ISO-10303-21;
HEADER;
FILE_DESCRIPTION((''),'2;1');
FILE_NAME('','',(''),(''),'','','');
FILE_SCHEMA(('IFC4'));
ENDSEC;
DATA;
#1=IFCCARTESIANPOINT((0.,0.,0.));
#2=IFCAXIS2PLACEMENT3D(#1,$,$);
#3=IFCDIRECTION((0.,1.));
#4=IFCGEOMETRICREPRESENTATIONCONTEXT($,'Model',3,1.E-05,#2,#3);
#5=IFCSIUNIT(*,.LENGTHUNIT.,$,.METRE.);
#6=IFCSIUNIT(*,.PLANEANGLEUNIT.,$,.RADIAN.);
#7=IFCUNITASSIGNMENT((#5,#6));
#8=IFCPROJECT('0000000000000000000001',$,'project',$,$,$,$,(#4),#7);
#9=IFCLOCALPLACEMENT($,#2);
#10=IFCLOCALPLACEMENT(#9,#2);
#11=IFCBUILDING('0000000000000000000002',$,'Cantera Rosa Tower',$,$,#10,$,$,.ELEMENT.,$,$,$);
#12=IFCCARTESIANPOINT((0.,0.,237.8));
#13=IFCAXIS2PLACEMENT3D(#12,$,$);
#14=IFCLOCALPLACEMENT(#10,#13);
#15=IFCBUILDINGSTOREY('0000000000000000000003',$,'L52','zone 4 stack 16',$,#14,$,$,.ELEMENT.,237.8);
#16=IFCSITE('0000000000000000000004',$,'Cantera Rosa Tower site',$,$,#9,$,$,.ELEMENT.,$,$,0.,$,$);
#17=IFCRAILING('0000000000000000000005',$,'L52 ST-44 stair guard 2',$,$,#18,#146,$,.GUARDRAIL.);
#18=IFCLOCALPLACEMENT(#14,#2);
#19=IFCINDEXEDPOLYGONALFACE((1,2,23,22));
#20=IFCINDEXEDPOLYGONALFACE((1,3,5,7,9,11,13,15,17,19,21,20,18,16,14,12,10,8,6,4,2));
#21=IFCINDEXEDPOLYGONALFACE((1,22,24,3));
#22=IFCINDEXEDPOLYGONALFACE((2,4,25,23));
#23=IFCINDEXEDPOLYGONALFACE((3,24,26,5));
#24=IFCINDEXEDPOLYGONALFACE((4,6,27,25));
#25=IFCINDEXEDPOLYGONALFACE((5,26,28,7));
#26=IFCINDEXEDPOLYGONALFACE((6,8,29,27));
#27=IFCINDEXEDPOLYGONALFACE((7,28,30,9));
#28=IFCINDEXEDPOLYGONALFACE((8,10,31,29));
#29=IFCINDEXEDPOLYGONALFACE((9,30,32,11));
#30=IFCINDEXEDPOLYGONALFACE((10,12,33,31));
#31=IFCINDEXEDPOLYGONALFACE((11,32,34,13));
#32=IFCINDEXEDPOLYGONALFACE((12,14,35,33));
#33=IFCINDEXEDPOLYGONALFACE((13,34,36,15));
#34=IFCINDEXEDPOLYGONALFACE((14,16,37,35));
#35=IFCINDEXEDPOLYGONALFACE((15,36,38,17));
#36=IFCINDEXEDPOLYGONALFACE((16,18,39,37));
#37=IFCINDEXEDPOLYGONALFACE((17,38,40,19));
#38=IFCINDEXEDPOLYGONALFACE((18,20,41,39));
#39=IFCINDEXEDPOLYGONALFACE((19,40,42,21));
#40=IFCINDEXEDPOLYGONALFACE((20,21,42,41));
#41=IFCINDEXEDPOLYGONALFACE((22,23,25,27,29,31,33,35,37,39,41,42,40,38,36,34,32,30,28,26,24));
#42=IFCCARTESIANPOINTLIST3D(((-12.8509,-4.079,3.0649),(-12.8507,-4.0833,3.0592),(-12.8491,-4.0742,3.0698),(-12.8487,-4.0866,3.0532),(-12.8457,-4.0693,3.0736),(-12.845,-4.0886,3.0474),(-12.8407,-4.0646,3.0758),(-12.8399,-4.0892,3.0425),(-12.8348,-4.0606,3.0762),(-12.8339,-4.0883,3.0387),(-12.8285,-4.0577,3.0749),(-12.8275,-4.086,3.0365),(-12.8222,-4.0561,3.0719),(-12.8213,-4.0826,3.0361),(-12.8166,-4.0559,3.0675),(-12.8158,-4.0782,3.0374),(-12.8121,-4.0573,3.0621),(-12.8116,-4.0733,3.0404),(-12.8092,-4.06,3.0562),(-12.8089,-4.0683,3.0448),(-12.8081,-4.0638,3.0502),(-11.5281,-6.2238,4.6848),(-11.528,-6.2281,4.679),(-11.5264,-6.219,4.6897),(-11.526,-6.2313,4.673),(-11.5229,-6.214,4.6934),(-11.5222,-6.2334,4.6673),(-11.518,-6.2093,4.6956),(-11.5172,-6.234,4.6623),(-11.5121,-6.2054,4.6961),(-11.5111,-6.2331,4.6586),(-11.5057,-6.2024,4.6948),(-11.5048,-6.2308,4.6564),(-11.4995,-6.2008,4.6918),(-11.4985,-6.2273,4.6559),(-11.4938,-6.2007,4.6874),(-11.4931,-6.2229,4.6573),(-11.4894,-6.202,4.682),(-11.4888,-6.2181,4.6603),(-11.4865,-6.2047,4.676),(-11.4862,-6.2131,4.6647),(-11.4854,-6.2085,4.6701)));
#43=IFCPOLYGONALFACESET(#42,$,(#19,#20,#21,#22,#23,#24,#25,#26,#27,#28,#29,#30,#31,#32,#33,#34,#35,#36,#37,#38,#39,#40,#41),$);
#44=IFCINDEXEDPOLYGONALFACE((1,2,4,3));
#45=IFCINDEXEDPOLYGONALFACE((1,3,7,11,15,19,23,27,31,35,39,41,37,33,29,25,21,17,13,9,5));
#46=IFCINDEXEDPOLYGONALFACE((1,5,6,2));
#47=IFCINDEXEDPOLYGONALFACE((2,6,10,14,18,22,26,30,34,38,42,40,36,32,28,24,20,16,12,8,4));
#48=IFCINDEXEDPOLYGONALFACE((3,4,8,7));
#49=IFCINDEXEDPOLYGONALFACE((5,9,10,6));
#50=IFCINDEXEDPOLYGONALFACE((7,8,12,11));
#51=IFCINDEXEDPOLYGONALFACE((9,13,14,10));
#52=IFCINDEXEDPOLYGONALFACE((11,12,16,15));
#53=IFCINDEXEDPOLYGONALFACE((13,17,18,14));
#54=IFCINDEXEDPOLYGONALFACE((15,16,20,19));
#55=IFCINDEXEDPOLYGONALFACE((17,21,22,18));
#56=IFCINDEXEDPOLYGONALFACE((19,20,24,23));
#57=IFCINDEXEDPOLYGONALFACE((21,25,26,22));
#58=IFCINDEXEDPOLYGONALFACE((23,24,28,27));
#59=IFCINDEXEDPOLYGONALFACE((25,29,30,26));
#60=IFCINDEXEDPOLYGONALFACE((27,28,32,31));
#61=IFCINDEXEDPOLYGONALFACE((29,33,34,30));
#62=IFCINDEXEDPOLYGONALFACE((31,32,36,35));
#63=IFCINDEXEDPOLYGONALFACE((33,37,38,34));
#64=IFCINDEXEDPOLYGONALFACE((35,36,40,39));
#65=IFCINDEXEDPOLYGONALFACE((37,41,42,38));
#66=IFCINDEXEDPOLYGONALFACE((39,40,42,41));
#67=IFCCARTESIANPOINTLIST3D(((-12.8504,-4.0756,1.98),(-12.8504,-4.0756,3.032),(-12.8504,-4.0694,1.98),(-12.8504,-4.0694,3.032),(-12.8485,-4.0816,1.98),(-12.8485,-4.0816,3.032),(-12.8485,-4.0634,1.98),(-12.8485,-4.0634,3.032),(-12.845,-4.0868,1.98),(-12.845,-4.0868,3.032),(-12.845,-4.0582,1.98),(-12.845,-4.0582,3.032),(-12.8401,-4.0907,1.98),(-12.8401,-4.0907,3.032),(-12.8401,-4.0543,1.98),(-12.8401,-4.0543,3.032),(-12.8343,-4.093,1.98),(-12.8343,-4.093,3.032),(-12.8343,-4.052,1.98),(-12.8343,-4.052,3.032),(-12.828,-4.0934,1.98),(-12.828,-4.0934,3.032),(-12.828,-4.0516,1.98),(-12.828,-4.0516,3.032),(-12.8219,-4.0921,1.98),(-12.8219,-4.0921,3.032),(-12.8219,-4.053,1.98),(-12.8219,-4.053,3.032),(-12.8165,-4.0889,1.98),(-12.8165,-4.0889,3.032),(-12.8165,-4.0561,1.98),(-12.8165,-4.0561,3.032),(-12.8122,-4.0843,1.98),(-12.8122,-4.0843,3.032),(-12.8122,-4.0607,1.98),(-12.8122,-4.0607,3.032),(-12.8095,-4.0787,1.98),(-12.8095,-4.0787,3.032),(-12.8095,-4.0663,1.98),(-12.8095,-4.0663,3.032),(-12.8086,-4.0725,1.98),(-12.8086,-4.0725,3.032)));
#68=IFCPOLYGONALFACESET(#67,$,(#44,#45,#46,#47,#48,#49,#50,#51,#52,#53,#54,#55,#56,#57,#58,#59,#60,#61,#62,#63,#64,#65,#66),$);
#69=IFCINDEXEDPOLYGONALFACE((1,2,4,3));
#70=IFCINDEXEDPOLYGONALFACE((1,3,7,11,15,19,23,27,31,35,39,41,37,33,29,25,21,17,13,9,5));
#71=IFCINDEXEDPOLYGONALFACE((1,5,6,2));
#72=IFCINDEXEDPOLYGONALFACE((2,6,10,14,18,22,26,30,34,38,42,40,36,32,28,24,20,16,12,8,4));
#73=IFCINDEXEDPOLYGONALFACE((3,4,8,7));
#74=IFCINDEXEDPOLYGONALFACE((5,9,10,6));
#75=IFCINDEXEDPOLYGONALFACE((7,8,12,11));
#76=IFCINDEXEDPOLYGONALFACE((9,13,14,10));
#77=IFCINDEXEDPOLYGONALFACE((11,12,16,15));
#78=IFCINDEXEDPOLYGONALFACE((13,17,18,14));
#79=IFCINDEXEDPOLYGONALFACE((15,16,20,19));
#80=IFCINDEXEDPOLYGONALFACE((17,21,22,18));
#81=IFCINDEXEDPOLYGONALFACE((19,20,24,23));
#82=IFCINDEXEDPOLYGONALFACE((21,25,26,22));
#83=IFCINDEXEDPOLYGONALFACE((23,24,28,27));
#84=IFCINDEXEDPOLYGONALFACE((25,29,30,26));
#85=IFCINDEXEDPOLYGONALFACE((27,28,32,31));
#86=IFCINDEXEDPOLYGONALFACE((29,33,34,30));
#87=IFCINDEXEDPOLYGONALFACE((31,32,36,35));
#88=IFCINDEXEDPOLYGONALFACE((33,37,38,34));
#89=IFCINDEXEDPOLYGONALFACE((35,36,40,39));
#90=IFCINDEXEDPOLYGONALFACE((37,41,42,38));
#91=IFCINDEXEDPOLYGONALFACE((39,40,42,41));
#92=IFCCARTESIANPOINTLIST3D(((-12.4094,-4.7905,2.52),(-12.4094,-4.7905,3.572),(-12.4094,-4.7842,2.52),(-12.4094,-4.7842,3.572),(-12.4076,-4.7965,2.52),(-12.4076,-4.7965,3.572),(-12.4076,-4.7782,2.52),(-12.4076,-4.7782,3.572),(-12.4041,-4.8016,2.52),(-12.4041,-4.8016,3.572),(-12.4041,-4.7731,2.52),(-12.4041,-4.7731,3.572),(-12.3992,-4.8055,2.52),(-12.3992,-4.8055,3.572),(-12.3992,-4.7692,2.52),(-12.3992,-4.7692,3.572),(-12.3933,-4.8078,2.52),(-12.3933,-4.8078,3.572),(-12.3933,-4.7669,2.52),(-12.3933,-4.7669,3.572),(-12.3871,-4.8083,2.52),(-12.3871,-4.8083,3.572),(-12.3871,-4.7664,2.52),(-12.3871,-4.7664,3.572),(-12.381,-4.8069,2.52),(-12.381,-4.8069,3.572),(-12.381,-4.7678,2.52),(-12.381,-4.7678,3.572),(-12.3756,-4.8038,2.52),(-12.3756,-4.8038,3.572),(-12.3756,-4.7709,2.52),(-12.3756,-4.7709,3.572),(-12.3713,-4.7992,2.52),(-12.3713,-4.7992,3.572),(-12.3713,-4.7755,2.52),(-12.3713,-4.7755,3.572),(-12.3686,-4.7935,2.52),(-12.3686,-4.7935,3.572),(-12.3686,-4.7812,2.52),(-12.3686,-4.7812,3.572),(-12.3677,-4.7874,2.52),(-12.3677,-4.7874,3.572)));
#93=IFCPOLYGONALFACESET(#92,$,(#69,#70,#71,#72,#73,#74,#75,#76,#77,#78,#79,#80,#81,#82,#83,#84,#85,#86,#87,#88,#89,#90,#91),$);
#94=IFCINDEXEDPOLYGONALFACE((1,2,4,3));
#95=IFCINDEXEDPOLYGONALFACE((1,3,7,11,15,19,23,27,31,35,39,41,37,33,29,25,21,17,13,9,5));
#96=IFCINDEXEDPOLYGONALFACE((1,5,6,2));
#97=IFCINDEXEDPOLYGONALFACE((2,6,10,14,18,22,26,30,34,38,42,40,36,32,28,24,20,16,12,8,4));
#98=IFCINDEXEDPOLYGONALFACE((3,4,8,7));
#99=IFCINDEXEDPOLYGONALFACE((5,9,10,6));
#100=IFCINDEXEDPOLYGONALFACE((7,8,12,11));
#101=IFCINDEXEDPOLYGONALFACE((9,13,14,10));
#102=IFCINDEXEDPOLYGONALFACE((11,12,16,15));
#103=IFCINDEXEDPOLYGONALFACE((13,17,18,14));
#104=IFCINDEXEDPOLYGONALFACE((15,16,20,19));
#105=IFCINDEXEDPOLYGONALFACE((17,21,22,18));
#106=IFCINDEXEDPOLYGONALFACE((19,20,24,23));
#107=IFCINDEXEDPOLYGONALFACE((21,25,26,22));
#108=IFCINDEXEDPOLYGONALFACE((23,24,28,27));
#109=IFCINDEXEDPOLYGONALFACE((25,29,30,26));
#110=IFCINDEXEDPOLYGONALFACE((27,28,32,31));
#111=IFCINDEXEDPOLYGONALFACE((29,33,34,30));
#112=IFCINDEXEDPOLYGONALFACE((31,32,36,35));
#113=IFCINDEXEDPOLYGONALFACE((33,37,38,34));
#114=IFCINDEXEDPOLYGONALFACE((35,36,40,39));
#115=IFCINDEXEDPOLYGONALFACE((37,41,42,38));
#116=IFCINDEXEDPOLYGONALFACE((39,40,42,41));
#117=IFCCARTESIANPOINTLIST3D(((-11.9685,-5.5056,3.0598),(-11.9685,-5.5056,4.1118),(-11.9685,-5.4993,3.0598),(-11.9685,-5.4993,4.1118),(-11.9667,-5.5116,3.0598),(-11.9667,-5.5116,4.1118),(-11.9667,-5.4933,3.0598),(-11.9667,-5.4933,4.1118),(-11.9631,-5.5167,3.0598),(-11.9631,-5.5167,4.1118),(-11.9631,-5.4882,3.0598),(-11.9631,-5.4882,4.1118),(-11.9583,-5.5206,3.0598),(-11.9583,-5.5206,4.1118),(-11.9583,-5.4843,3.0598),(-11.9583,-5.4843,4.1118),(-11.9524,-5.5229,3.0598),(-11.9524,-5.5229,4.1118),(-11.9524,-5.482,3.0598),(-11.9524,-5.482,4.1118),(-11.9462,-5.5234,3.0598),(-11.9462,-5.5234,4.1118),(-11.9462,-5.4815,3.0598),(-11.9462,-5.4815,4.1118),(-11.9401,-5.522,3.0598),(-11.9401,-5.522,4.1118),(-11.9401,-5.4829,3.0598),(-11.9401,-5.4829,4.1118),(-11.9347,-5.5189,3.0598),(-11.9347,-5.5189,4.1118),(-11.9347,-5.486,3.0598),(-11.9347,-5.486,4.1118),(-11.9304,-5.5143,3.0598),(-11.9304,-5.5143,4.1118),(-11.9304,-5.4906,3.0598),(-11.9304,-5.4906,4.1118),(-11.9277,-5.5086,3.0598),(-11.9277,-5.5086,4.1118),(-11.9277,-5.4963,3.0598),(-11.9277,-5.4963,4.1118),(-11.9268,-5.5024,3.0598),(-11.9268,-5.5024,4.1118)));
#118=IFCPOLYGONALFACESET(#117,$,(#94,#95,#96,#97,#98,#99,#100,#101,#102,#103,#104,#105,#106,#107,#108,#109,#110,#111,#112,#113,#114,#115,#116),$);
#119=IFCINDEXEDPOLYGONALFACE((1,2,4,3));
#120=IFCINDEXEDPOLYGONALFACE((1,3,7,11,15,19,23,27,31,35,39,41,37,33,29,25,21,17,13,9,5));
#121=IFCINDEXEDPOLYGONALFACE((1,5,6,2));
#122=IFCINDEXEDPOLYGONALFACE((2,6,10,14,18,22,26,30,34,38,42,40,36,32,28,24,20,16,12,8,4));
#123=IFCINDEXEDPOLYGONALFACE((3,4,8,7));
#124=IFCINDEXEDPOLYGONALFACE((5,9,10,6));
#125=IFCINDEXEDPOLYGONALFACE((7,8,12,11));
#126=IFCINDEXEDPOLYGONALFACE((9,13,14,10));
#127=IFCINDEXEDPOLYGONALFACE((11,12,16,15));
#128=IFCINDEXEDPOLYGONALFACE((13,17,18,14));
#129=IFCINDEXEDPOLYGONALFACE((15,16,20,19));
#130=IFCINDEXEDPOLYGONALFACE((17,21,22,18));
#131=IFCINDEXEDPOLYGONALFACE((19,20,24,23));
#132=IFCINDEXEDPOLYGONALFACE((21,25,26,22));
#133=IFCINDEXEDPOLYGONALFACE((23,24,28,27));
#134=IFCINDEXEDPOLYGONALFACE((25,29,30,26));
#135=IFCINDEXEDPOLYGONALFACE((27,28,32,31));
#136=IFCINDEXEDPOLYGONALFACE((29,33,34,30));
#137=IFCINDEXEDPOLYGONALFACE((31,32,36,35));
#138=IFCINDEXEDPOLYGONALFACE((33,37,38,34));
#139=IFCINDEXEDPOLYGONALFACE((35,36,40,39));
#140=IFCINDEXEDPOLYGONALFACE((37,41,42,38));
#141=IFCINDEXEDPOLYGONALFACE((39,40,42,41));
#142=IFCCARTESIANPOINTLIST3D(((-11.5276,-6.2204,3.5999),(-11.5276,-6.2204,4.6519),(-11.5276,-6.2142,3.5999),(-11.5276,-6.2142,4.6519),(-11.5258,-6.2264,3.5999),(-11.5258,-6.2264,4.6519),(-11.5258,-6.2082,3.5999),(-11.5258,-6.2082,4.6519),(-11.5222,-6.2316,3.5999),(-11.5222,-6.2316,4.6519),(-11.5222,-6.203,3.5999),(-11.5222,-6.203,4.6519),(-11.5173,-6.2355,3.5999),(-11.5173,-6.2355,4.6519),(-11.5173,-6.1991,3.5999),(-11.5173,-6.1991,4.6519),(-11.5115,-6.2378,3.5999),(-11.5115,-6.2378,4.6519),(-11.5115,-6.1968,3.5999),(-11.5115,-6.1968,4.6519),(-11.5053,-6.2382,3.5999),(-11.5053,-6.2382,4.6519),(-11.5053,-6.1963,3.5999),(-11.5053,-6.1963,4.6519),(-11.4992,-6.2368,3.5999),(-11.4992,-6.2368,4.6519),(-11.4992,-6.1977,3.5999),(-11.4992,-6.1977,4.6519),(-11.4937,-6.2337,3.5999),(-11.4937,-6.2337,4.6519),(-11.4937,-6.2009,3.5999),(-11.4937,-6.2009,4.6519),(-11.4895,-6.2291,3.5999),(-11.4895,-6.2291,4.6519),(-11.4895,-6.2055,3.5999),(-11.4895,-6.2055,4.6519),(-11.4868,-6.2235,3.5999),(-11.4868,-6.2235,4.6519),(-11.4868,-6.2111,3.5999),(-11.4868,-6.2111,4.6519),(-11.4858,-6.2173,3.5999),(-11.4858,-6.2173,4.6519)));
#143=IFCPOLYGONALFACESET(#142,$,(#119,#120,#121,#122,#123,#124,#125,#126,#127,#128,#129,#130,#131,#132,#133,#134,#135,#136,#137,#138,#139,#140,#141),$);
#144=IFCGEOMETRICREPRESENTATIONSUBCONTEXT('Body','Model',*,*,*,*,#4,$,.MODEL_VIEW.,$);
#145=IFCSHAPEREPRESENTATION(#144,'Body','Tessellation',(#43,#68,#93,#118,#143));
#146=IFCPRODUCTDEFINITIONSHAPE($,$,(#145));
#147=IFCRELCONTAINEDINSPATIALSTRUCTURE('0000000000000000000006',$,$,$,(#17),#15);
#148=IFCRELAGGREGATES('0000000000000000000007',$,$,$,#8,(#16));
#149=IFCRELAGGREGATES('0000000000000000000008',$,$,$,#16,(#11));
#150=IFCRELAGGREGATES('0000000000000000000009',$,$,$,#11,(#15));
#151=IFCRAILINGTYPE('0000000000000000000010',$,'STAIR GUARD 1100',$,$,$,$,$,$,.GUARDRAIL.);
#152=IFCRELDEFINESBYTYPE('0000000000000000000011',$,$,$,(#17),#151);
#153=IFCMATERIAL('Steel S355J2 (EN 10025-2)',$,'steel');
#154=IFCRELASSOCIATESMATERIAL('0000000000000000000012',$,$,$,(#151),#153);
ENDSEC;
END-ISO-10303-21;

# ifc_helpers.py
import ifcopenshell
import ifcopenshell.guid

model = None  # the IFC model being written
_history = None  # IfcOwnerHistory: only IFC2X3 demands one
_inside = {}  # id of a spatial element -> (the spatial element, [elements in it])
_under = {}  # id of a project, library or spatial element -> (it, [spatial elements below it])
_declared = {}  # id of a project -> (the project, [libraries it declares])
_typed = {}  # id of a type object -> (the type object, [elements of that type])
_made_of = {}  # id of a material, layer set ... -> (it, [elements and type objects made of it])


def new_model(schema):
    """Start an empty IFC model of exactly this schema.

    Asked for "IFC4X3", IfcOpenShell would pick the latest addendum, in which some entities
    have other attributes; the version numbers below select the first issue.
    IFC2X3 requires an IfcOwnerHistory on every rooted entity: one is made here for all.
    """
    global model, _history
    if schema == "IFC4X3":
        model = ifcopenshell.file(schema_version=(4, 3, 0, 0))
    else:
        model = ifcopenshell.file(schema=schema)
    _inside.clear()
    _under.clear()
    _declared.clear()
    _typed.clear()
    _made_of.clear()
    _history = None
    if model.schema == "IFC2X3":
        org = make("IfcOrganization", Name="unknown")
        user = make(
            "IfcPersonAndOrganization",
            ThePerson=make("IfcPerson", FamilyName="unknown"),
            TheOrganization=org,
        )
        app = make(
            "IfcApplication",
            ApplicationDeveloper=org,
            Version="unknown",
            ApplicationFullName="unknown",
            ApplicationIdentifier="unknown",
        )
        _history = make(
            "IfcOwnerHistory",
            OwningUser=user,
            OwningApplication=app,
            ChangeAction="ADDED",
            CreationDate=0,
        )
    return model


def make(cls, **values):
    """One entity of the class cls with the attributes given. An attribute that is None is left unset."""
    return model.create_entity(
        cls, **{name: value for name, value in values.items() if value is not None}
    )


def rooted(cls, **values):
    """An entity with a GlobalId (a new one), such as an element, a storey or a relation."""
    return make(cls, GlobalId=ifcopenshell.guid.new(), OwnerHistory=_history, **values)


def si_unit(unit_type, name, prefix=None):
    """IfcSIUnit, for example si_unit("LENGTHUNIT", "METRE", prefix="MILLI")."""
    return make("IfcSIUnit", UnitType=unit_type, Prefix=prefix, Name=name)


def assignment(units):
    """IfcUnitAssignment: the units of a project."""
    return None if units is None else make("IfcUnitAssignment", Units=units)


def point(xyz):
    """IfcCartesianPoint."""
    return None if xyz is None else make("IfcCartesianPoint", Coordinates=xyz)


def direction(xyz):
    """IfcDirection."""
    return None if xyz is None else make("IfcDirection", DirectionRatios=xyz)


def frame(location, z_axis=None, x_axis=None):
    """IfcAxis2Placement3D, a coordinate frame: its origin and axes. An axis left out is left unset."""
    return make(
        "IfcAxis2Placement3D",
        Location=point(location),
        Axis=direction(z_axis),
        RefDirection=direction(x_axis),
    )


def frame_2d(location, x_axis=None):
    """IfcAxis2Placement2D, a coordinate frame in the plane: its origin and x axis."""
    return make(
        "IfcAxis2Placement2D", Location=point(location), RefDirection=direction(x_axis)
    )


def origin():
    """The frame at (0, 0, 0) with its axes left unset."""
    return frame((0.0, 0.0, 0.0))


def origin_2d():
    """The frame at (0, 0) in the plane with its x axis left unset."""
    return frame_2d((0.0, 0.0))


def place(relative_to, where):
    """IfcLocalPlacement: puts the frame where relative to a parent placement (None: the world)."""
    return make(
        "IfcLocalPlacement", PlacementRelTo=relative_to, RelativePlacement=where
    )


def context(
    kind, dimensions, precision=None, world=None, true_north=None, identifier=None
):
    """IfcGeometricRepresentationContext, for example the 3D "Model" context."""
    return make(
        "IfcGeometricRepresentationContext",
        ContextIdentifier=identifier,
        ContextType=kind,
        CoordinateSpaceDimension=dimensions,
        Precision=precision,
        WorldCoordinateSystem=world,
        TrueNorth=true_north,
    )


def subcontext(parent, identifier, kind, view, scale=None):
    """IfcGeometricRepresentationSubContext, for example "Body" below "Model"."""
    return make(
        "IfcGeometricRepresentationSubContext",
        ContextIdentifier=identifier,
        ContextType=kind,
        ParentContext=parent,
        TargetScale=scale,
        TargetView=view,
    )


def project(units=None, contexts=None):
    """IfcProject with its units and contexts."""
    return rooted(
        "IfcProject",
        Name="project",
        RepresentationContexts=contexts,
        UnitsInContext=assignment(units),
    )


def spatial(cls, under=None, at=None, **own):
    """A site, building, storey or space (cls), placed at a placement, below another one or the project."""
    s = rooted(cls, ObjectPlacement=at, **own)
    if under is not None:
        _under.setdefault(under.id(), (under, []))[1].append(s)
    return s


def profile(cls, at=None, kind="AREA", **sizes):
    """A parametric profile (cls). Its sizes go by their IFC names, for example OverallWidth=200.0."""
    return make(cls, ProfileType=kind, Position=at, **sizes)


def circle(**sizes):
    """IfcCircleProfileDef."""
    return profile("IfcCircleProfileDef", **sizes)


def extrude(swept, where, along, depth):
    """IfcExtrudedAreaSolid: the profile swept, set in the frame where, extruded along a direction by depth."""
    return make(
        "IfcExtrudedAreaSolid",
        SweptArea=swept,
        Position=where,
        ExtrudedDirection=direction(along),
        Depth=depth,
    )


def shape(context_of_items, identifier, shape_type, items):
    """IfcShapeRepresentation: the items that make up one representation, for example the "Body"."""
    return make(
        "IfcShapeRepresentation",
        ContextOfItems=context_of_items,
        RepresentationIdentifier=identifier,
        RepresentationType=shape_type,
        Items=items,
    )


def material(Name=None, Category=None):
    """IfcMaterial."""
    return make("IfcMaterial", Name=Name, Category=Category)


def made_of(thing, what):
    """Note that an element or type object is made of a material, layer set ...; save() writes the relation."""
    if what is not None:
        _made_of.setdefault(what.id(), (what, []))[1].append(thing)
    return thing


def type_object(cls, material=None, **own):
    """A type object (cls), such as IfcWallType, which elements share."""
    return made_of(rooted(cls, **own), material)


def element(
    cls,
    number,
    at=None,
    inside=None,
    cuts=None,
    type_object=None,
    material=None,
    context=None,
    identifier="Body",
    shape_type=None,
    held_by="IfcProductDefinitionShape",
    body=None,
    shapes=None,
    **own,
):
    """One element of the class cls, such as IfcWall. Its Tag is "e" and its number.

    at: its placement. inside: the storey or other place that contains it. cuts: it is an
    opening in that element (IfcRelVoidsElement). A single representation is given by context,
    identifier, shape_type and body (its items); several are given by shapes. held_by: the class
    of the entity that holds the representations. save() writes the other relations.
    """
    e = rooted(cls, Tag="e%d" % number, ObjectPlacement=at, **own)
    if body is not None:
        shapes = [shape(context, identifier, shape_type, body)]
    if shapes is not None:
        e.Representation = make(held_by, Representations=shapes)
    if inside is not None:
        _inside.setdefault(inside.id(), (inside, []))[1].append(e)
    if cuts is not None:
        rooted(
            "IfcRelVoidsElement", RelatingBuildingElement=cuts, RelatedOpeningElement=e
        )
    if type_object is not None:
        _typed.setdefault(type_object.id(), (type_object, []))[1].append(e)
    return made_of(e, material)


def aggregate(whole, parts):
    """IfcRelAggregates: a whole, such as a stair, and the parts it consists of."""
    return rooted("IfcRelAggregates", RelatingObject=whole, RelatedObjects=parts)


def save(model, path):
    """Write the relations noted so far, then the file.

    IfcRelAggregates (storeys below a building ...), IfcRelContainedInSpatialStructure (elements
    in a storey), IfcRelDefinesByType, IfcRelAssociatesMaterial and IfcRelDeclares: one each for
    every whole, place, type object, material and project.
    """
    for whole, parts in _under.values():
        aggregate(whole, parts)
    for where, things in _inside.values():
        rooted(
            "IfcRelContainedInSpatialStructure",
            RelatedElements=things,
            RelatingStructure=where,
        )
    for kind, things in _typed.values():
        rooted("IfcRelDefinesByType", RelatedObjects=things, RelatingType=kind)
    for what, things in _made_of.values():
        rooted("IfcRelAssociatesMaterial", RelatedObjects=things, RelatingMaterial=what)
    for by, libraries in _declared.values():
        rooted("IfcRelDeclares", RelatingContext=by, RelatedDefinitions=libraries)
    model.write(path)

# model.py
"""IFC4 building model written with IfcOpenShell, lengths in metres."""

from ifc_helpers import new_model, si_unit, direction, frame, origin, origin_2d, place, context, subcontext, project, spatial, circle, extrude, material, type_object, element, save


model = new_model("IFC4")

# Units and contexts
model_context = context("Model", 3, precision=1e-05, world=origin(), true_north=direction((0.0, 1.0)))
body_context = subcontext(model_context, "Body", "Model", "MODEL_VIEW")
ifc_project = project(units=[si_unit("LENGTHUNIT", "METRE"), si_unit("PLANEANGLEUNIT", "RADIAN")], contexts=[model_context])

# Site, building, storey
site_placement = place(None, origin())
site = spatial("IfcSite", under=ifc_project, at=site_placement, Name="Cantera Rosa Tower site", CompositionType="ELEMENT", RefElevation=0.0)
building_placement = place(site_placement, origin())
building = spatial("IfcBuilding", under=site, at=building_placement, Name="Cantera Rosa Tower", CompositionType="ELEMENT")
storey_placement = place(building_placement, frame((0.0, 0.0, 237.8)))
storey = spatial("IfcBuildingStorey", under=building, at=storey_placement, Name="L52", Description="zone 4 stack 16", CompositionType="ELEMENT", Elevation=237.8)

# Railing
ifc_material_1 = material(Name="Steel S355J2 (EN 10025-2)", Category="steel")
railing_type_1 = type_object("IfcRailingType", Name="STAIR GUARD 1100", PredefinedType="GUARDRAIL", material=ifc_material_1)
railing_1_placement = place(storey_placement, frame((-12.8296, -4.0725, 1.98)))
element("IfcRailing", 1, at=railing_1_placement, inside=storey, type_object=railing_type_1, Name="L52 ST-44 stair guard 2", PredefinedType="GUARDRAIL", context=body_context, shape_type="SweptSolid", body=[
    extrude(circle(Radius=0.0239, at=origin_2d()), frame((0.0, 0.0, 1.0762), z_axis=(0.441563, -0.715971, 0.540748), x_axis=(0.851146, 0.52493, 0.0)), (0.0, 0.0, 1.0), 2.9956),
    extrude(circle(Radius=0.021, at=origin_2d()), origin(), (0.0, 0.0, 1.0), 1.052),
    extrude(circle(Radius=0.021, at=origin_2d()), frame((0.4409, -0.7148, 0.54)), (0.0, 0.0, 1.0), 1.052),
    extrude(circle(Radius=0.021, at=origin_2d()), frame((0.8818, -1.4299, 1.0798)), (0.0, 0.0, 1.0), 1.052),
    extrude(circle(Radius=0.021, at=origin_2d()), frame((1.3228, -2.1448, 1.6199)), (0.0, 0.0, 1.0), 1.052),
])

save(model, "model.ifc")
